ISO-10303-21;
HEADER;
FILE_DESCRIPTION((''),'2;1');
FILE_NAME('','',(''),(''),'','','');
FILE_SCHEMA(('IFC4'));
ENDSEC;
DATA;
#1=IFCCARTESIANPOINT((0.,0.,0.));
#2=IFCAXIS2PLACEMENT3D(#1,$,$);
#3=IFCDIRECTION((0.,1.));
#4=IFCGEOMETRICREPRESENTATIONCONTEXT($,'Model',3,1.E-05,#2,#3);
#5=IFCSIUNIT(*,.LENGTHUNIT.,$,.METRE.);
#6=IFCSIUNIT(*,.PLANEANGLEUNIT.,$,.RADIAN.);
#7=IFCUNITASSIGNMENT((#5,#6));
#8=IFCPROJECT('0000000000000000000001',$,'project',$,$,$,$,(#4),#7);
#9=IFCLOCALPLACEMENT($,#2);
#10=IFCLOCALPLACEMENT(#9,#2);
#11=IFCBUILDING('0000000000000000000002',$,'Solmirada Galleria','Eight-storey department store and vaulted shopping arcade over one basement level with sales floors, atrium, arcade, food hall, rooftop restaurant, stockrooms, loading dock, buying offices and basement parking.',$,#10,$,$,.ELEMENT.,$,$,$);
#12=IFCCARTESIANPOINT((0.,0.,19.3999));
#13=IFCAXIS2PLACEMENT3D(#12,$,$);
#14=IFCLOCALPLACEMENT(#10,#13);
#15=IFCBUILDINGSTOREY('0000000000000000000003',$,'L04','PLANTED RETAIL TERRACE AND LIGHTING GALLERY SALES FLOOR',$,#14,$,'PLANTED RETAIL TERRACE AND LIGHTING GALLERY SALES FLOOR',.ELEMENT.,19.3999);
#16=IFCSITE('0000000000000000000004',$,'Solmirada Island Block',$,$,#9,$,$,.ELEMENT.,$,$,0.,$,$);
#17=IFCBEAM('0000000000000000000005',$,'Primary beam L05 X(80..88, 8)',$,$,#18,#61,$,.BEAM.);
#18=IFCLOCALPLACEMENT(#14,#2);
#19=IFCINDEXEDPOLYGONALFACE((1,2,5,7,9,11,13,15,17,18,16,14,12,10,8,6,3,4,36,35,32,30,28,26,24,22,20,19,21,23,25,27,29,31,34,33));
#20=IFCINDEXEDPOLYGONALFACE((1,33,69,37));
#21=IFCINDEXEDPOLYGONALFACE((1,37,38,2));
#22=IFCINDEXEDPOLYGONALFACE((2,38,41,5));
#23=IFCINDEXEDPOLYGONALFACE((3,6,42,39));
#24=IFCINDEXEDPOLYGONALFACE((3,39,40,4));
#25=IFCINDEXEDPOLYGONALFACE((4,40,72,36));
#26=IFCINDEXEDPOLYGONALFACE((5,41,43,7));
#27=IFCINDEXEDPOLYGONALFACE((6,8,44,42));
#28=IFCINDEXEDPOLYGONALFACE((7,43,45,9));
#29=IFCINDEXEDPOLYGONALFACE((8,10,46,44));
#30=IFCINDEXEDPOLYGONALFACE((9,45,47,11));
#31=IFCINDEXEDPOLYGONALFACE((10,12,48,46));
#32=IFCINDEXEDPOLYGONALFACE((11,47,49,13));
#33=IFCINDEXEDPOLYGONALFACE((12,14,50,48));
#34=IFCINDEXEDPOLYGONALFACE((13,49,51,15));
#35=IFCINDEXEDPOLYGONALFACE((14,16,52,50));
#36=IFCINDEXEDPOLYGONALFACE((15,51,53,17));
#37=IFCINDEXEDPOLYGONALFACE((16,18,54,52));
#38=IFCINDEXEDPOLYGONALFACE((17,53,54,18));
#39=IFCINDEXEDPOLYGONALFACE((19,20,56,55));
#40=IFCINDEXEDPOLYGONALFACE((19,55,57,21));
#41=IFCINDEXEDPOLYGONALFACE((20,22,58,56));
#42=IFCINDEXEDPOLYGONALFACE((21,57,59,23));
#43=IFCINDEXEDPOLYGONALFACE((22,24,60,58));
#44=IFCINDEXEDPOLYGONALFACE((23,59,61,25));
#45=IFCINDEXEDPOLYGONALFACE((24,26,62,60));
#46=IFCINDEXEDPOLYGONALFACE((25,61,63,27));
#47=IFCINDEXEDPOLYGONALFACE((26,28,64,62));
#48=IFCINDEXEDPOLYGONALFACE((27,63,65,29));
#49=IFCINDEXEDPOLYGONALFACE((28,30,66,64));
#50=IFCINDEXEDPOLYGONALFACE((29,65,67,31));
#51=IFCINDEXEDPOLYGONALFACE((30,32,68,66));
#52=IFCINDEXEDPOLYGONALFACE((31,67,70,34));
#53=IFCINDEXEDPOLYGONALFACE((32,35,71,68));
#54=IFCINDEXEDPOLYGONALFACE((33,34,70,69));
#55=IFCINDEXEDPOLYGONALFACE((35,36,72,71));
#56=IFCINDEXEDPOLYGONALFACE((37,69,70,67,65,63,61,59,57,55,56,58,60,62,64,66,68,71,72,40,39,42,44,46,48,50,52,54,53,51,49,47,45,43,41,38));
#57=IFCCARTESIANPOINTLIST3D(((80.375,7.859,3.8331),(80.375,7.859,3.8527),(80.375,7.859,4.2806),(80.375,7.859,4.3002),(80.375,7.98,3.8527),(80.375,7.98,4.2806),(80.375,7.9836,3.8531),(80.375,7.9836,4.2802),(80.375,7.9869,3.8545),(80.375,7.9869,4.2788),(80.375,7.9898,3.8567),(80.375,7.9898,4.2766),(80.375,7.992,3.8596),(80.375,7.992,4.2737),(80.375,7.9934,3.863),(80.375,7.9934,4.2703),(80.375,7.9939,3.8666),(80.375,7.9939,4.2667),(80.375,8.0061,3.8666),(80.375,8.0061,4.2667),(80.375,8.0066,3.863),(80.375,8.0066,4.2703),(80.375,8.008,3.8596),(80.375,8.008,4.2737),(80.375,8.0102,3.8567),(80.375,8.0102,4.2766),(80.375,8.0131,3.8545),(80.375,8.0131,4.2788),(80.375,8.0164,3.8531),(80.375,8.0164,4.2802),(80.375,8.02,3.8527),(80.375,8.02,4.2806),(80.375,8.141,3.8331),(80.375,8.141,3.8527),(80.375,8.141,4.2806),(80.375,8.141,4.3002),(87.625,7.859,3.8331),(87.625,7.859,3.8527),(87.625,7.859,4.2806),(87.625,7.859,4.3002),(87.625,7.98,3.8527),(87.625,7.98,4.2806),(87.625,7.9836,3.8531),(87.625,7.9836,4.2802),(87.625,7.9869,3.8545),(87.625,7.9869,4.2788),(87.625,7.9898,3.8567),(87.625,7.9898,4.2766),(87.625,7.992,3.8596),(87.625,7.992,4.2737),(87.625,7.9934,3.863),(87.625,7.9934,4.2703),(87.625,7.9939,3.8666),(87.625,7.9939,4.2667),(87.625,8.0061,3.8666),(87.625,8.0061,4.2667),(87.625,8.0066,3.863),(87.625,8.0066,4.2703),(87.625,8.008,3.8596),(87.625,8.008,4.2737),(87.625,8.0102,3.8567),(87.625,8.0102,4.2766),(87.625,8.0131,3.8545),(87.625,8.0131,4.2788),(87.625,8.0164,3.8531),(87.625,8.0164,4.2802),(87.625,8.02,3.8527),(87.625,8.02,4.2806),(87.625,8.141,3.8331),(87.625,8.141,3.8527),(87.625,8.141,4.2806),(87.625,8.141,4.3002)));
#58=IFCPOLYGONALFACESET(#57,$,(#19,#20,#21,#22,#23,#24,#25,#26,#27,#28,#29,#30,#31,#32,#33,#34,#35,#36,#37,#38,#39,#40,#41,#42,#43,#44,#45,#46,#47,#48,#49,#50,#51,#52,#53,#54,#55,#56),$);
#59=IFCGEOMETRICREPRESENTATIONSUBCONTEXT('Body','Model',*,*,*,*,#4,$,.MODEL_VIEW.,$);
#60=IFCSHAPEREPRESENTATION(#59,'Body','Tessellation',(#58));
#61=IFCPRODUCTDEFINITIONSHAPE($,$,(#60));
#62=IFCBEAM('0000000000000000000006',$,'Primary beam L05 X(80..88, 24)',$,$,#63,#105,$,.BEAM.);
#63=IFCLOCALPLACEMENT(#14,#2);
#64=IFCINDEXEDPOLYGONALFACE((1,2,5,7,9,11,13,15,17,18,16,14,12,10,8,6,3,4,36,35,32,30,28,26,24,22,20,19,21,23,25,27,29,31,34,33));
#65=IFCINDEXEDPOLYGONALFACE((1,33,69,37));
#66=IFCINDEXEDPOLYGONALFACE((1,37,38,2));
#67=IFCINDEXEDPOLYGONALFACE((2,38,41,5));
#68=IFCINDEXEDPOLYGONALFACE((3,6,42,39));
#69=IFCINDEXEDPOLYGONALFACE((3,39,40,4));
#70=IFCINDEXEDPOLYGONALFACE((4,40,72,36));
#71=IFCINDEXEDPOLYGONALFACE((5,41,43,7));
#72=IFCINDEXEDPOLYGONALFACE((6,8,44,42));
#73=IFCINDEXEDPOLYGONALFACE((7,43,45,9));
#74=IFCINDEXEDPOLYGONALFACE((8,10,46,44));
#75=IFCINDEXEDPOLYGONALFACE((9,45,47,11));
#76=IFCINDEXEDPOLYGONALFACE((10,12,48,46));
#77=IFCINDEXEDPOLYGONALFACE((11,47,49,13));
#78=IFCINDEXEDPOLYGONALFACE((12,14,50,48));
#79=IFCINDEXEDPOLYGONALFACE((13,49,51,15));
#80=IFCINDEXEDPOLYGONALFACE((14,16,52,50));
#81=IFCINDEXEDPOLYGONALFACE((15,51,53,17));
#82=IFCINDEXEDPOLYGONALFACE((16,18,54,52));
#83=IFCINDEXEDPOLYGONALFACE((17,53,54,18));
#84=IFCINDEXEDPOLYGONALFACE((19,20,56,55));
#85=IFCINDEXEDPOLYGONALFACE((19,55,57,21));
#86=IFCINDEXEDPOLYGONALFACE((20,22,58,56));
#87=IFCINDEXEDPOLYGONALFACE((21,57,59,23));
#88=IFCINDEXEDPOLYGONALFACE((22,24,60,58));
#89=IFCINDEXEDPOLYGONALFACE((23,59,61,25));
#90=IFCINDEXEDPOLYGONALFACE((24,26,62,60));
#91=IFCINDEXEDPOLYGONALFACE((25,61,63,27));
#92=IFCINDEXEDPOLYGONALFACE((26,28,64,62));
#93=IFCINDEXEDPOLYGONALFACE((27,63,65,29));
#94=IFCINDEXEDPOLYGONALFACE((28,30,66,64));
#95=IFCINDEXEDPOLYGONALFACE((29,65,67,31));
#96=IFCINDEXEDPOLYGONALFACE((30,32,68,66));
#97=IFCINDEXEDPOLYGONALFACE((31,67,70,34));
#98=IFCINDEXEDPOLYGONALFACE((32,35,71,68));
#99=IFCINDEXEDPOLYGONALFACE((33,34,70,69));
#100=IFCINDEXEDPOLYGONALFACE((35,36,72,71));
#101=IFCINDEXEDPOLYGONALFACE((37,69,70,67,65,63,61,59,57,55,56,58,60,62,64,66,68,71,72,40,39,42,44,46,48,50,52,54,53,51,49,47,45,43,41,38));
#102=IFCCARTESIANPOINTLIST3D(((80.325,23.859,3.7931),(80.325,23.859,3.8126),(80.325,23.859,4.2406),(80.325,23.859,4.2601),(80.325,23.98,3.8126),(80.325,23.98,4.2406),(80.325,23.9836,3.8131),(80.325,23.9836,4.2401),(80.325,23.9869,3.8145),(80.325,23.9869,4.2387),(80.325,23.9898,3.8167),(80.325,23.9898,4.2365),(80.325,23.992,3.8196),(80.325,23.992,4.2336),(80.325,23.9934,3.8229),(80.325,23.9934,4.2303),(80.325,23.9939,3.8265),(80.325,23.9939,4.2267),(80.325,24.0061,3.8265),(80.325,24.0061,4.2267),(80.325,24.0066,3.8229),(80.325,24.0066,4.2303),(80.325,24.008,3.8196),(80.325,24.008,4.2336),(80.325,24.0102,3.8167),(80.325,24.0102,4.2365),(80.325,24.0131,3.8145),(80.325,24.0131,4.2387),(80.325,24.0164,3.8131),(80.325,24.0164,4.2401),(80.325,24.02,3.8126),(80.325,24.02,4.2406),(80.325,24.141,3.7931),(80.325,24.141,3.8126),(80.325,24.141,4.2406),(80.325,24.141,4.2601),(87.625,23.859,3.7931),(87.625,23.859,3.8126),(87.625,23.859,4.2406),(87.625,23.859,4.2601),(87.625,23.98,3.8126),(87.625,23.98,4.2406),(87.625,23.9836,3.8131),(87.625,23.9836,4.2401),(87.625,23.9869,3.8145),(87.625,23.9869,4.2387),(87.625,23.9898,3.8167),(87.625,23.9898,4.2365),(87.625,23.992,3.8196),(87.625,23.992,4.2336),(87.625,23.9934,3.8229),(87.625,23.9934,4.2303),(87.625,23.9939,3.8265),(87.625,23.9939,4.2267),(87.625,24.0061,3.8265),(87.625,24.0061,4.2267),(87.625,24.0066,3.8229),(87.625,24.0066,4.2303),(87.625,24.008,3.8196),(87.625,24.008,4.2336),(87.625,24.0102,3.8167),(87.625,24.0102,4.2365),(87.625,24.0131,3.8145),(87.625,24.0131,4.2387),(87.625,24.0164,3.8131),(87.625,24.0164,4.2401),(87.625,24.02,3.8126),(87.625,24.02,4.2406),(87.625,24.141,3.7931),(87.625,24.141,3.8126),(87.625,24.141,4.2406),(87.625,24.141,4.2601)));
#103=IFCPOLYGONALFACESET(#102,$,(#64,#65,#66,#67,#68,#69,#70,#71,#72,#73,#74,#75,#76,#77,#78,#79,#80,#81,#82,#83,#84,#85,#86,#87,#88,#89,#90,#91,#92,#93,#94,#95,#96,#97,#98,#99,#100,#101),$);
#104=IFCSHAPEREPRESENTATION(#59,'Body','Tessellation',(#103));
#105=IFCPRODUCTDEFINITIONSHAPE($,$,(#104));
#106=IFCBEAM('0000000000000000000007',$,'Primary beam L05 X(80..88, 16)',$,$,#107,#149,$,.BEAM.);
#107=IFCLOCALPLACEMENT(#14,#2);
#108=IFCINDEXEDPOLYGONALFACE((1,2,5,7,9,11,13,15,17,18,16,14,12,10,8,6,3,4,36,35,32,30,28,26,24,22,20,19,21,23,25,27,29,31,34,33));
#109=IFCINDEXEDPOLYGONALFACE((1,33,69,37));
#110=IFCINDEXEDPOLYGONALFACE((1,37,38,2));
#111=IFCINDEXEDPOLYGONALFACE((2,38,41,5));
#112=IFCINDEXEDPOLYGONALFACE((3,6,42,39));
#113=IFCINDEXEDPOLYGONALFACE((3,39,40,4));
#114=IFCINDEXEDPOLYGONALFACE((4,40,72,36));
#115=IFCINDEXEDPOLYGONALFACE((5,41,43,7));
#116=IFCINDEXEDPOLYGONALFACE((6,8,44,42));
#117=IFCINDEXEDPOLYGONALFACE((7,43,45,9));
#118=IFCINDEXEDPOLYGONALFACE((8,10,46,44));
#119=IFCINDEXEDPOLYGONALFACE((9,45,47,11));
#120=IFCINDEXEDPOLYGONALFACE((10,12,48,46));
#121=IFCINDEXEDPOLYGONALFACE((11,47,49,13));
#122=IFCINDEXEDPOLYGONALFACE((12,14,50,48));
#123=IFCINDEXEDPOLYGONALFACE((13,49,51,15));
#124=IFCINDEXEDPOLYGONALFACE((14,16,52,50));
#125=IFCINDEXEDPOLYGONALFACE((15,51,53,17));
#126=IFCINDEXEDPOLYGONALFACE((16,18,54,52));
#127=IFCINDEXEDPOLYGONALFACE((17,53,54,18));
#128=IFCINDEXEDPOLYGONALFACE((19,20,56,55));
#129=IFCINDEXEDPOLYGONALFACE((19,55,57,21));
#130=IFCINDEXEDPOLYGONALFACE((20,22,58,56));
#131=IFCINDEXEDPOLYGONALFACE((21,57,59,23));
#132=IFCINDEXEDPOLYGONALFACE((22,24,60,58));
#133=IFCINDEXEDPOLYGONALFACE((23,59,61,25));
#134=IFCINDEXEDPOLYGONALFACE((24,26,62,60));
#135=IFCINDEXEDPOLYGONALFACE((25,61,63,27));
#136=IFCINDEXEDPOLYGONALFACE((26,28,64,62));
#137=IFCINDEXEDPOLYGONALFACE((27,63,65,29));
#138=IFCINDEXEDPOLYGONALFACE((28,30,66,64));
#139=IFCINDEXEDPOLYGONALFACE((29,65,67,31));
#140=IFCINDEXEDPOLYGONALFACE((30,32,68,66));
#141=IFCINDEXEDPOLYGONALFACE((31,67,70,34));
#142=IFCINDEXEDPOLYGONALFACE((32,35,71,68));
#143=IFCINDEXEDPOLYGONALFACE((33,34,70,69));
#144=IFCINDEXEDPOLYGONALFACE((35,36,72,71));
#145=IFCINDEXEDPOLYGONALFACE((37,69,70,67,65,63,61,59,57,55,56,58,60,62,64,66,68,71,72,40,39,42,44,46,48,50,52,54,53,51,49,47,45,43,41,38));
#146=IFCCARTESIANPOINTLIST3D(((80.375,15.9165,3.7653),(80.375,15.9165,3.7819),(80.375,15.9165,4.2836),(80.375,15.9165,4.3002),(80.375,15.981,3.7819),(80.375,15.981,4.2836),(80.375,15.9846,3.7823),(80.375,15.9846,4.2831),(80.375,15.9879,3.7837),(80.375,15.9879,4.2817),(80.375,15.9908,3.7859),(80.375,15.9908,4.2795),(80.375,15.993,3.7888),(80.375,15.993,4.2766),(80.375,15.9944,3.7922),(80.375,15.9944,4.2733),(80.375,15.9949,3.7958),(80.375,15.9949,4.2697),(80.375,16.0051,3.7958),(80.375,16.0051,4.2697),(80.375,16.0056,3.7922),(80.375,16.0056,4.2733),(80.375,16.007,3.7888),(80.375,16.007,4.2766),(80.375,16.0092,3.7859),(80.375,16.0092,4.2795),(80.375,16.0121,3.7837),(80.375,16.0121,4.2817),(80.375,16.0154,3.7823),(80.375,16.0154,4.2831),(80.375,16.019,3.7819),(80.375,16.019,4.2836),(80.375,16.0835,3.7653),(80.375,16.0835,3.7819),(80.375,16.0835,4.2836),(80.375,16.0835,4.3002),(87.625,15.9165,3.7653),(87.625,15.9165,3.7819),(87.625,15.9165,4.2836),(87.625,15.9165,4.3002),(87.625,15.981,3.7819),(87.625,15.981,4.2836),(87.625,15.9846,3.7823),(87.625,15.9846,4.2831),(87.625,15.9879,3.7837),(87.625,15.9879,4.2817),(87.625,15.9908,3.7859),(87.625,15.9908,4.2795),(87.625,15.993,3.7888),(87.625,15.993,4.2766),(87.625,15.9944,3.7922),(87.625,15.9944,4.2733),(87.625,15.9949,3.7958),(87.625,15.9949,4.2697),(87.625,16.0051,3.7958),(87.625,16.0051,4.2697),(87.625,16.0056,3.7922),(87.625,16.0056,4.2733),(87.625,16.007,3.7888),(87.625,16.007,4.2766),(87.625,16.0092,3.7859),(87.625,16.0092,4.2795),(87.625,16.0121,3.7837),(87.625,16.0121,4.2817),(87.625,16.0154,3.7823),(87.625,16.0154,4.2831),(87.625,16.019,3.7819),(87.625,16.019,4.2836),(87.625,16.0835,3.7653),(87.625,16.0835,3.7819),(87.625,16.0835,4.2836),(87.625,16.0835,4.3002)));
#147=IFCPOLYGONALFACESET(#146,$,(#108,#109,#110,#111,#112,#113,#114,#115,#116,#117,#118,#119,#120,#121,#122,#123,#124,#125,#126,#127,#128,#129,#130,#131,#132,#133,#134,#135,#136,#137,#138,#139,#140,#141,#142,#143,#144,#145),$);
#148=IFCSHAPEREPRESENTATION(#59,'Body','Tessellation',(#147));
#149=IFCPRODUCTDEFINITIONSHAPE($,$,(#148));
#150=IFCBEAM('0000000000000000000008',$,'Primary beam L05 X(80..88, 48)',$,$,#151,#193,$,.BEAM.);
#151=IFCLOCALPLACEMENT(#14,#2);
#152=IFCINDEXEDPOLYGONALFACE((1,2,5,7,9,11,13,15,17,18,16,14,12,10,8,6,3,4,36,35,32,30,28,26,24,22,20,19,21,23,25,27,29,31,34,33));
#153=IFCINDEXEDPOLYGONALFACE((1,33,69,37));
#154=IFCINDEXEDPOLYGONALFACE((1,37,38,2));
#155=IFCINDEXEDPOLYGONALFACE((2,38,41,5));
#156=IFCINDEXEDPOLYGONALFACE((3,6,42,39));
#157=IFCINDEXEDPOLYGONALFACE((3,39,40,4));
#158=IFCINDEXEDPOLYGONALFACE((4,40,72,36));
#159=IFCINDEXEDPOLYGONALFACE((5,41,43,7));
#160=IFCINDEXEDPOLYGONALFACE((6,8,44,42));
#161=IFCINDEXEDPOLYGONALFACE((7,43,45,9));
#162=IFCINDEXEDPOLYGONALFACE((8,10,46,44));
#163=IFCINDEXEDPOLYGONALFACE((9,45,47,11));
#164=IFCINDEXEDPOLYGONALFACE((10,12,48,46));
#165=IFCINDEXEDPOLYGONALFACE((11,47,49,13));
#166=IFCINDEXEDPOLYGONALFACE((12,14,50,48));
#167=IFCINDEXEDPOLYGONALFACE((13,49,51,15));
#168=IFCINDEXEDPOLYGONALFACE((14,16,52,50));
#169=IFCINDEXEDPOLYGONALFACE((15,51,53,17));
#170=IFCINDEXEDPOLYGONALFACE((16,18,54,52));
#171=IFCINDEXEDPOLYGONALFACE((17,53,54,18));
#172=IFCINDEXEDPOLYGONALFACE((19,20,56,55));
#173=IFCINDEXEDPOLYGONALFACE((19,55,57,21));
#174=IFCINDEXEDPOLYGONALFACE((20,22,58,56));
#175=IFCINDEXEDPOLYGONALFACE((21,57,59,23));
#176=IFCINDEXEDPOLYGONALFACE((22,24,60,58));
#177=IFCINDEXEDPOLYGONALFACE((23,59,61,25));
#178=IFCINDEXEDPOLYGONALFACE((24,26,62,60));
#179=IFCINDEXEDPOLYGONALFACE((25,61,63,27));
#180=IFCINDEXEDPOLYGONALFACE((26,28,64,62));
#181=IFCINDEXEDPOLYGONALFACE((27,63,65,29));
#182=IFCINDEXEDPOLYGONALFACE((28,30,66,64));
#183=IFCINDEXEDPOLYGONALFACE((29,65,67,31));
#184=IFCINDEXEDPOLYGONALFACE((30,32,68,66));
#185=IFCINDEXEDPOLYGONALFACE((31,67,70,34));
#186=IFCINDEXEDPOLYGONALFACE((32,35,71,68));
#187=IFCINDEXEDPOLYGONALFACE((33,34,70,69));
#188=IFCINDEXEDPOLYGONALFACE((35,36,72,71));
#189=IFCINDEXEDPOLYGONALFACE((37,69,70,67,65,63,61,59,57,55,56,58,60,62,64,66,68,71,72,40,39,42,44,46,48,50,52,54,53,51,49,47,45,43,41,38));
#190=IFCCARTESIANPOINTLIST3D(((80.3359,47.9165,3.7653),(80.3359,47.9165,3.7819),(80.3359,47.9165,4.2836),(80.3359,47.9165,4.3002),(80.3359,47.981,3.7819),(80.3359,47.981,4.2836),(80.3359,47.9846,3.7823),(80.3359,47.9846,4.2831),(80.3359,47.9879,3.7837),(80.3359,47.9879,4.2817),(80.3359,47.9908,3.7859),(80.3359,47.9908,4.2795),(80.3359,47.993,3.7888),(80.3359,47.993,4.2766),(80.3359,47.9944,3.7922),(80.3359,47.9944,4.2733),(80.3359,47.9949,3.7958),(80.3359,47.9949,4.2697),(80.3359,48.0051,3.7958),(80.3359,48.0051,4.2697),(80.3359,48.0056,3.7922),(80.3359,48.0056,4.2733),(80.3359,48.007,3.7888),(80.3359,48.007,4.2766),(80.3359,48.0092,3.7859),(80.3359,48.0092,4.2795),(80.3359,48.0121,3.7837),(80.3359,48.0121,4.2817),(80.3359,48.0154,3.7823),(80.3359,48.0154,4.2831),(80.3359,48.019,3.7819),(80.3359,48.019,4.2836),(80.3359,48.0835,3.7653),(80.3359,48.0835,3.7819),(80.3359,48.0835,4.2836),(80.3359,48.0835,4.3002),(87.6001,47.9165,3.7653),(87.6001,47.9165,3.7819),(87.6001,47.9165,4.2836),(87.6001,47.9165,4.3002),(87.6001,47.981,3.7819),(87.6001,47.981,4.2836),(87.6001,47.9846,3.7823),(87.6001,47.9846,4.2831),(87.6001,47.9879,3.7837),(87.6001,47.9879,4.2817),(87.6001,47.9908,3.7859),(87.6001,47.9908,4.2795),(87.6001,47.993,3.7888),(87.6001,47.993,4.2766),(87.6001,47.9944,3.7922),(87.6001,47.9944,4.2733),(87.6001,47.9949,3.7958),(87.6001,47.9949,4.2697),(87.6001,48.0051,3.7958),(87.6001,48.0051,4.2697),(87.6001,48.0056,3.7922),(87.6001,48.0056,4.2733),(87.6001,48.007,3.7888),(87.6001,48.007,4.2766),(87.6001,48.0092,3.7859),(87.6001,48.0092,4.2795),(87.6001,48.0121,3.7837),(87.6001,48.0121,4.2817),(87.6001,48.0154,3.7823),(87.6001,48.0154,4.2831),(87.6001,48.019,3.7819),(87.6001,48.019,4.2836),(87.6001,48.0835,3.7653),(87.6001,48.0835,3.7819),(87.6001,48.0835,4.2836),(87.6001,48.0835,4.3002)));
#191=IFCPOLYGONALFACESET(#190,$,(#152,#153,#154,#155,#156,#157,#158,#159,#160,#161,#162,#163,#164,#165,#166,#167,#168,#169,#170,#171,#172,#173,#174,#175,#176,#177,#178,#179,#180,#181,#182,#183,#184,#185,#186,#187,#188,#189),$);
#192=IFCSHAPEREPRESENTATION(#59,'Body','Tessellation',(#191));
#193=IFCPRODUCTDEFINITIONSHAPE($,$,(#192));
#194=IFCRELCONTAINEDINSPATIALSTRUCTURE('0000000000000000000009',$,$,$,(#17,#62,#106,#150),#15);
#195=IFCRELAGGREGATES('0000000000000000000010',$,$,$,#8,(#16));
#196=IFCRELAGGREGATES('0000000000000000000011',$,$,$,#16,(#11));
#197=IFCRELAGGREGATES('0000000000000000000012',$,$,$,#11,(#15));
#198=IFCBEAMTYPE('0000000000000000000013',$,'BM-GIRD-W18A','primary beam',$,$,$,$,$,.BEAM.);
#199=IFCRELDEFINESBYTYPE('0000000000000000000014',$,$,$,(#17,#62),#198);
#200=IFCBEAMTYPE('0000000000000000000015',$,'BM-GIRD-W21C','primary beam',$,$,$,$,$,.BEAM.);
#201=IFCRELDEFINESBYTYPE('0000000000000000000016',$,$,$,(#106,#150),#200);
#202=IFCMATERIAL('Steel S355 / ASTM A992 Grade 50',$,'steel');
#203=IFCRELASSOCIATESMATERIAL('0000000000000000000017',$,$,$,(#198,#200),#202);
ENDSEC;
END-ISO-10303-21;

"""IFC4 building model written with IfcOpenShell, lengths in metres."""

from ifc_helpers import new_model, si_unit, direction, frame, origin, origin_2d, place, context, subcontext, project, spatial, i_section, extrude, material, material_profile, profile_set, type_object, element, save


model = new_model("IFC4")

# Units and contexts
model_context = context("Model", 3, precision=1e-05, world=origin(), true_north=direction((0.0, 1.0)))
body_context = subcontext(model_context, "Body", "Model", "MODEL_VIEW")
ifc_project = project(units=[si_unit("LENGTHUNIT", "METRE"), si_unit("PLANEANGLEUNIT", "RADIAN")], contexts=[model_context])

# Site, building, storey
site_placement = place(None, origin())
site = spatial("IfcSite", under=ifc_project, at=site_placement, Name="Solmirada Island Block", CompositionType="ELEMENT", RefElevation=0.0)
building_placement = place(site_placement, origin())
building = spatial("IfcBuilding", under=site, at=building_placement, Name="Solmirada Galleria", Description="Eight-storey department store and vaulted shopping arcade over one basement level with sales floors, atrium, arcade, food hall, rooftop restaurant, stockrooms, loading dock, buying offices and basement parking.", CompositionType="ELEMENT")
storey_placement = place(building_placement, frame((0.0, 0.0, 19.3999)))
storey = spatial("IfcBuildingStorey", under=building, at=storey_placement, Name="L04", Description="PLANTED RETAIL TERRACE AND LIGHTING GALLERY SALES FLOOR", LongName="PLANTED RETAIL TERRACE AND LIGHTING GALLERY SALES FLOOR", CompositionType="ELEMENT", Elevation=19.3999)

# Beams
ifc_material_1 = material(Name="Steel S355 / ASTM A992 Grade 50", Category="steel")
ifc_material_profile_1 = material_profile(ifc_material_1, i_section(OverallWidth=0.282, OverallDepth=0.467, WebThickness=0.0122, FlangeThickness=0.0195, FilletRadius=0.0139, at=origin_2d()), Name="W18X86")
ifc_profile_set_1 = profile_set([ifc_material_profile_1], Name="Steel S355 / ASTM A992 Grade 50")
beam_type_1 = type_object("IfcBeamType", Name="BM-GIRD-W18A", Description="primary beam", PredefinedType="BEAM", material=ifc_profile_set_1)
beam_1_placement = place(storey_placement, frame((80.375, 8.0, 4.0667), z_axis=(1.0, 0.0, 0.0), x_axis=(0.0, 1.0, 0.0)))
element("IfcBeam", 1, at=beam_1_placement, inside=storey, type_object=beam_type_1, Name="Primary beam L05 X(80..88, 8)", PredefinedType="BEAM", context=body_context, shape_type="SweptSolid", body=[
    extrude(i_section(OverallWidth=0.282, OverallDepth=0.467, WebThickness=0.0122, FlangeThickness=0.0195, FilletRadius=0.0139, at=origin_2d()), origin(), (0.0, 0.0, 1.0), 7.25),
])
beam_2_placement = place(storey_placement, frame((80.325, 24.0, 4.0266), z_axis=(1.0, 0.0, 0.0), x_axis=(0.0, 1.0, 0.0)))
element("IfcBeam", 2, at=beam_2_placement, inside=storey, type_object=beam_type_1, Name="Primary beam L05 X(80..88, 24)", PredefinedType="BEAM", context=body_context, shape_type="SweptSolid", body=[
    extrude(i_section(OverallWidth=0.282, OverallDepth=0.467, WebThickness=0.0122, FlangeThickness=0.0195, FilletRadius=0.0139, at=origin_2d()), origin(), (0.0, 0.0, 1.0), 7.3),
])
ifc_material_profile_2 = material_profile(ifc_material_1, i_section(OverallWidth=0.167, OverallDepth=0.5349, WebThickness=0.0103, FlangeThickness=0.0166, FilletRadius=0.0139, at=origin_2d()), Name="W21X57")
ifc_profile_set_2 = profile_set([ifc_material_profile_2], Name="Steel S355 / ASTM A992 Grade 50")
beam_type_2 = type_object("IfcBeamType", Name="BM-GIRD-W21C", Description="primary beam", PredefinedType="BEAM", material=ifc_profile_set_2)
beam_3_placement = place(storey_placement, frame((80.375, 16.0, 4.0327), z_axis=(1.0, 0.0, 0.0), x_axis=(0.0, 1.0, 0.0)))
element("IfcBeam", 3, at=beam_3_placement, inside=storey, type_object=beam_type_2, Name="Primary beam L05 X(80..88, 16)", PredefinedType="BEAM", context=body_context, shape_type="SweptSolid", body=[
    extrude(i_section(OverallWidth=0.167, OverallDepth=0.5349, WebThickness=0.0103, FlangeThickness=0.0166, FilletRadius=0.0139, at=origin_2d()), origin(), (0.0, 0.0, 1.0), 7.25),
])
beam_4_placement = place(storey_placement, frame((80.3359, 48.0, 4.0327), z_axis=(1.0, 0.0, 0.0), x_axis=(0.0, 1.0, 0.0)))
element("IfcBeam", 4, at=beam_4_placement, inside=storey, type_object=beam_type_2, Name="Primary beam L05 X(80..88, 48)", PredefinedType="BEAM", context=body_context, shape_type="SweptSolid", body=[
    extrude(i_section(OverallWidth=0.167, OverallDepth=0.5349, WebThickness=0.0103, FlangeThickness=0.0166, FilletRadius=0.0139, at=origin_2d()), origin(), (0.0, 0.0, 1.0), 7.2642),
])

save(model, "model.ifc")
